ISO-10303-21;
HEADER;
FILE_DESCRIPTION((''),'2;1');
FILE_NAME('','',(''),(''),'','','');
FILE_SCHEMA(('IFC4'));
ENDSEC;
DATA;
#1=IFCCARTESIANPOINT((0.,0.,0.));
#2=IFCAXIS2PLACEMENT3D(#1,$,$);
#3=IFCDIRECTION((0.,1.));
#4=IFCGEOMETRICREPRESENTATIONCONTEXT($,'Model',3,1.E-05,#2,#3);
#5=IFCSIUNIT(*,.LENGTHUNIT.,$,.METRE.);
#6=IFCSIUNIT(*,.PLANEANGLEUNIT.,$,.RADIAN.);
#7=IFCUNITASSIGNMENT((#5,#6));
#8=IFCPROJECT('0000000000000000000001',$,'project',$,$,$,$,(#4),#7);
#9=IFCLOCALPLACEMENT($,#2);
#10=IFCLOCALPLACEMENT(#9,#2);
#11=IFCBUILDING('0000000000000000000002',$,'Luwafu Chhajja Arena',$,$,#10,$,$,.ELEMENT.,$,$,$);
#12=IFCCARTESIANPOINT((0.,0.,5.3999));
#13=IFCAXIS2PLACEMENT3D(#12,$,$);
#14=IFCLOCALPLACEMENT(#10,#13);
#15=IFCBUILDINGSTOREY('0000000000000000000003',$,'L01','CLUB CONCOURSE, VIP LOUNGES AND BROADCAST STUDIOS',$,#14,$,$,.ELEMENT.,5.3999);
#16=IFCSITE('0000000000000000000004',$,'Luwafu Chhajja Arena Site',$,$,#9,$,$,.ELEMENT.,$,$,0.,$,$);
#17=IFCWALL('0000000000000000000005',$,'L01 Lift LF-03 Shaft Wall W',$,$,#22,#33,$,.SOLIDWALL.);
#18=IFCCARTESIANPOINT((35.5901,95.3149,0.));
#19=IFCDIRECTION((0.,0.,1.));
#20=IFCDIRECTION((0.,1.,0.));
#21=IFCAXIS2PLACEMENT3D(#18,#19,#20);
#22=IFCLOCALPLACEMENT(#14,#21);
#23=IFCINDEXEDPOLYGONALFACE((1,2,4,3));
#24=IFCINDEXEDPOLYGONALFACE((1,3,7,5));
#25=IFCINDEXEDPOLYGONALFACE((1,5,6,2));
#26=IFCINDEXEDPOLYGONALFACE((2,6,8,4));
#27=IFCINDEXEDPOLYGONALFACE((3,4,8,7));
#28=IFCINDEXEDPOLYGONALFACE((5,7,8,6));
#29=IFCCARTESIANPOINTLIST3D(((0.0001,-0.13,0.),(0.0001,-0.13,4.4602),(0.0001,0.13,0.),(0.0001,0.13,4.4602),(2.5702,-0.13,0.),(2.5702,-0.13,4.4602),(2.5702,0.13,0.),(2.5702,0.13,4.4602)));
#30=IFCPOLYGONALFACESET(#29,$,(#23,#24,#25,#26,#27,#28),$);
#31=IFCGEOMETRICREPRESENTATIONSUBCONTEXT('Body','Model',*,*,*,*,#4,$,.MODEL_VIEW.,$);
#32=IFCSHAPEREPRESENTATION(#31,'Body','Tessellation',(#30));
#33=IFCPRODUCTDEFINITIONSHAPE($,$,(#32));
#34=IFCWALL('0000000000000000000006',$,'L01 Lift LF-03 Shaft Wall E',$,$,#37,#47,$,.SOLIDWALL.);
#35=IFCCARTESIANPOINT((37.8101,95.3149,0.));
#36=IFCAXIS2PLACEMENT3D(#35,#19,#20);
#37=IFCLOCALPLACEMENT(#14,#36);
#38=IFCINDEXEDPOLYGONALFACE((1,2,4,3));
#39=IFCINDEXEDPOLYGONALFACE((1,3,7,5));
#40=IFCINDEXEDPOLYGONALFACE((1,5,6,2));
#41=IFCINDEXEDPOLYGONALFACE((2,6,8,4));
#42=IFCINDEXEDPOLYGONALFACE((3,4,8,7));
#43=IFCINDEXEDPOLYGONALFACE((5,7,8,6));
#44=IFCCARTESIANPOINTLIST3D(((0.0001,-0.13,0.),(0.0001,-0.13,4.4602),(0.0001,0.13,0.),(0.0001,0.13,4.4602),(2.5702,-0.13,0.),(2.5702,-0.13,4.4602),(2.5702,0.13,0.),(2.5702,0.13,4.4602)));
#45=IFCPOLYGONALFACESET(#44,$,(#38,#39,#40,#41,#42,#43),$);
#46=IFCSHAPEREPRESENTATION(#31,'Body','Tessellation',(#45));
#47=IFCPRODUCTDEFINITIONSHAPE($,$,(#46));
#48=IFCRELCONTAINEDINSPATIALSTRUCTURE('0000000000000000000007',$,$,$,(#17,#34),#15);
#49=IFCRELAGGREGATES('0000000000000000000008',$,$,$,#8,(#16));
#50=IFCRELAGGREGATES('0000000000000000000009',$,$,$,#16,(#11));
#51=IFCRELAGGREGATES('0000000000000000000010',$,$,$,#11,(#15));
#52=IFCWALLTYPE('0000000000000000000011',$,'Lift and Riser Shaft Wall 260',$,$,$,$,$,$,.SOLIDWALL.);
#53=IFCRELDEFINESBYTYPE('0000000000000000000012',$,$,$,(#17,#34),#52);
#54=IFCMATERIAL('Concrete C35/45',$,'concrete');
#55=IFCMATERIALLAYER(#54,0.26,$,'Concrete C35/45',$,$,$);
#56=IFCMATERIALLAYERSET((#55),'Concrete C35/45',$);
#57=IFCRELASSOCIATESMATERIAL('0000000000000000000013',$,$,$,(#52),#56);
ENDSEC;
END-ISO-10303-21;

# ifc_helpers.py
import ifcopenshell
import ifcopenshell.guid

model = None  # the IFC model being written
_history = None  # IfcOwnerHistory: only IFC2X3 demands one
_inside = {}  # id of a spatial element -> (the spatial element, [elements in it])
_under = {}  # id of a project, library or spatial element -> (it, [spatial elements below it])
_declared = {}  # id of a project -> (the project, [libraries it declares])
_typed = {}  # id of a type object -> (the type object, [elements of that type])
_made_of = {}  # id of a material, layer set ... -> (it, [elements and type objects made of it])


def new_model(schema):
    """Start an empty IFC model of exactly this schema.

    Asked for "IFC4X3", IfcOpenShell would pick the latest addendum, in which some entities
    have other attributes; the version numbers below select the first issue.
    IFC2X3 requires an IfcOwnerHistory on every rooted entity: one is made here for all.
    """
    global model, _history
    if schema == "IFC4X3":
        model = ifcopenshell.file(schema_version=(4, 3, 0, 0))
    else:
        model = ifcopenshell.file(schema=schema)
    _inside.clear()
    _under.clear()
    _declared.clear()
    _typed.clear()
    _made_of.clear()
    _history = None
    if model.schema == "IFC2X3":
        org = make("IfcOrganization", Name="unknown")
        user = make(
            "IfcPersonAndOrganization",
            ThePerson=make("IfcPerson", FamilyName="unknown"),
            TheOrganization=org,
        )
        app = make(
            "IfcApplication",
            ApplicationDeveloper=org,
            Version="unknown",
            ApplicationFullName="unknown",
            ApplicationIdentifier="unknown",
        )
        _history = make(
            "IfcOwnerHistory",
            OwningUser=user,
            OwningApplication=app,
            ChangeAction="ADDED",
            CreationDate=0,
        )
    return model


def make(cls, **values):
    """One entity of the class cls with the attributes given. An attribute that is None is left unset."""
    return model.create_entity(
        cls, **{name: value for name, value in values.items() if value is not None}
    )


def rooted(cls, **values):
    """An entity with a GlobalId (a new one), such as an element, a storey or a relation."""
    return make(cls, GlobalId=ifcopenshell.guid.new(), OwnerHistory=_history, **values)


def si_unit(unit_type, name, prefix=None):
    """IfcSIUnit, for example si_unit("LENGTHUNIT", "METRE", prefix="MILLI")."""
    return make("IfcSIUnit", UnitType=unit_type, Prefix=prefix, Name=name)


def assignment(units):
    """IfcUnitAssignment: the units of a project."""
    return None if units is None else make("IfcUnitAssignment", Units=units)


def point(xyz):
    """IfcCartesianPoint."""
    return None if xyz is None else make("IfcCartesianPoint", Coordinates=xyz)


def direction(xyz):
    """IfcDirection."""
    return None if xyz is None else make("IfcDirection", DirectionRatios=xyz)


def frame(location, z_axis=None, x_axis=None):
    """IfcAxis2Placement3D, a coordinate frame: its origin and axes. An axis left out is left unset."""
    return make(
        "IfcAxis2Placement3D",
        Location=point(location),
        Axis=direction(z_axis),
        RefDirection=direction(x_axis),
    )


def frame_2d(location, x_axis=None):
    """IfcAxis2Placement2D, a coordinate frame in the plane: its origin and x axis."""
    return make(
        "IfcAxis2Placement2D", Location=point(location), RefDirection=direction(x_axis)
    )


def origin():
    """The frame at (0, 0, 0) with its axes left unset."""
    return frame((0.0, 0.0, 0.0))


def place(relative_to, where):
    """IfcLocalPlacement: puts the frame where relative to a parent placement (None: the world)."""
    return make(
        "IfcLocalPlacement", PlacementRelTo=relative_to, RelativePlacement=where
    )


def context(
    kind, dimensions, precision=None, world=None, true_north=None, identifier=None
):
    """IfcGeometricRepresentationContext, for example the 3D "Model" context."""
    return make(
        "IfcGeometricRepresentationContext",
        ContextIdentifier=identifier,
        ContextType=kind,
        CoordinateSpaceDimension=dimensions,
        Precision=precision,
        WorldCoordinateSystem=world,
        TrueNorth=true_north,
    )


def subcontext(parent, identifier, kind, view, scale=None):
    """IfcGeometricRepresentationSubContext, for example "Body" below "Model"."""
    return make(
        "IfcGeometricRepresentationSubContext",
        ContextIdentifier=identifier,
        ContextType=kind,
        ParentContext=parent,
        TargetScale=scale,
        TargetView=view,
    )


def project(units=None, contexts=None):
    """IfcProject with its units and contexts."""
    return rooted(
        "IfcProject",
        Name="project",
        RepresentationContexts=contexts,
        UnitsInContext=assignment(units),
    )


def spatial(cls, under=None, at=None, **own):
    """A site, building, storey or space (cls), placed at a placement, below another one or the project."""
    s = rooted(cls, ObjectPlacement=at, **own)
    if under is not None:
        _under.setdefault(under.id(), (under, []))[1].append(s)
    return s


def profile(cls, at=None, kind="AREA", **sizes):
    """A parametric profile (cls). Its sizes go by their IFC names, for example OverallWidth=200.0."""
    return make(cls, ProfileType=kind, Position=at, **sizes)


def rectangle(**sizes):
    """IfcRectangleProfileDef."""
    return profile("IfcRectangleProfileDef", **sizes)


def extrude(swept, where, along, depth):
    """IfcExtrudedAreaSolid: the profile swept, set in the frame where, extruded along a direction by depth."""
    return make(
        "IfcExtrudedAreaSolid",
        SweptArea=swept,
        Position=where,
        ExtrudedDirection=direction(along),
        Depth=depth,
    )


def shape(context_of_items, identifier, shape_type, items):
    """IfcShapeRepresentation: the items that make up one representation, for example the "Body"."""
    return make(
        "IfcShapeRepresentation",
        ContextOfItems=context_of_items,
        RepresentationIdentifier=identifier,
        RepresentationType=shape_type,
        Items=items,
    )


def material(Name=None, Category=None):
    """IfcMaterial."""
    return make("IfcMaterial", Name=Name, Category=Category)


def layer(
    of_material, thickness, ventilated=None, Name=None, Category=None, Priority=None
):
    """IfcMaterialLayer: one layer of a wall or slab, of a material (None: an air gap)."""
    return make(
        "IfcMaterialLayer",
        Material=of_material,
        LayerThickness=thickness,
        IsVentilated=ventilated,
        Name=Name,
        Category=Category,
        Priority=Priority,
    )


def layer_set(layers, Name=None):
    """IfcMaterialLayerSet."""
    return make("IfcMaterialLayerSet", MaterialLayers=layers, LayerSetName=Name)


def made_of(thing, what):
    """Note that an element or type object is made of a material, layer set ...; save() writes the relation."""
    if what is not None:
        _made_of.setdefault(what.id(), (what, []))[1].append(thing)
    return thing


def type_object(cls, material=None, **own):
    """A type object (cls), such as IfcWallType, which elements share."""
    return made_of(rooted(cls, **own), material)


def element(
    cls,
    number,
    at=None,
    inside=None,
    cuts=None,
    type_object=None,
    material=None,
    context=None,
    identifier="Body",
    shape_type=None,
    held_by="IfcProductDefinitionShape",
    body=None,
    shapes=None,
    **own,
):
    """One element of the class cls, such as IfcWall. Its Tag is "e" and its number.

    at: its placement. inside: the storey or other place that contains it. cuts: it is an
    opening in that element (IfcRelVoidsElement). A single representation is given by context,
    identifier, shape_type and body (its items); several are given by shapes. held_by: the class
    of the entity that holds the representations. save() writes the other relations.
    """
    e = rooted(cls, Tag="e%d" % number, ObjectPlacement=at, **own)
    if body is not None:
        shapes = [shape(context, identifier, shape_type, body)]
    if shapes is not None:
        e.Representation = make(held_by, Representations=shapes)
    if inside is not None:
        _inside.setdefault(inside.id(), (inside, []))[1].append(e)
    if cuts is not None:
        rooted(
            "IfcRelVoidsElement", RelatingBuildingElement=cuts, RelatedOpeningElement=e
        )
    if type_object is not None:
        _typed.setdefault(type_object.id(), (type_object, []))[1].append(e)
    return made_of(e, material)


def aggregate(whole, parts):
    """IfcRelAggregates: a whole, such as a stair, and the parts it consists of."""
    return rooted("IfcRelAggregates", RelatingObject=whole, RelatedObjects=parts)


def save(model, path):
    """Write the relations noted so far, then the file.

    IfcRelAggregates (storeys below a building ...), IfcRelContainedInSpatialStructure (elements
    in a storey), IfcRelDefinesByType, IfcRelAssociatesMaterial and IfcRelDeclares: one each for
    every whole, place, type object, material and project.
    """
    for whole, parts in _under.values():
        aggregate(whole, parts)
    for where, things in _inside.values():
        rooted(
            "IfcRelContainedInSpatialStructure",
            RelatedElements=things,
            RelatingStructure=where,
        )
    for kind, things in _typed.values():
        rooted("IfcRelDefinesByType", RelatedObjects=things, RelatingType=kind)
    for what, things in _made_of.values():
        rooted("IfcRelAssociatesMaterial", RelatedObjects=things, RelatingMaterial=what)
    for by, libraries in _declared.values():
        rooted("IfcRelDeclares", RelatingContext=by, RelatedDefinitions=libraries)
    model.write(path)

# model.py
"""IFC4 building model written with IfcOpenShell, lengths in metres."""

from ifc_helpers import new_model, si_unit, direction, frame, frame_2d, origin, place, context, subcontext, project, spatial, rectangle, extrude, material, layer, layer_set, type_object, element, save


model = new_model("IFC4")

# Units and contexts
model_context = context("Model", 3, precision=1e-05, world=origin(), true_north=direction((0.0, 1.0)))
body_context = subcontext(model_context, "Body", "Model", "MODEL_VIEW")
ifc_project = project(units=[si_unit("LENGTHUNIT", "METRE"), si_unit("PLANEANGLEUNIT", "RADIAN")], contexts=[model_context])

# Site, building, storey
site_placement = place(None, origin())
site = spatial("IfcSite", under=ifc_project, at=site_placement, Name="Luwafu Chhajja Arena Site", CompositionType="ELEMENT", RefElevation=0.0)
building_placement = place(site_placement, origin())
building = spatial("IfcBuilding", under=site, at=building_placement, Name="Luwafu Chhajja Arena", CompositionType="ELEMENT")
storey_placement = place(building_placement, frame((0.0, 0.0, 5.3999)))
storey = spatial("IfcBuildingStorey", under=building, at=storey_placement, Name="L01", Description="CLUB CONCOURSE, VIP LOUNGES AND BROADCAST STUDIOS", CompositionType="ELEMENT", Elevation=5.3999)

# Shared definitions
ifc_material_1 = material(Name="Concrete C35/45", Category="concrete")

# Shared definitions
ifc_layer_1 = layer(ifc_material_1, 0.26, Name="Concrete C35/45")
ifc_layer_set_1 = layer_set([ifc_layer_1], Name="Concrete C35/45")
wall_type_1 = type_object("IfcWallType", Name="Lift and Riser Shaft Wall 260", PredefinedType="SOLIDWALL", material=ifc_layer_set_1)

# Walls
for number, where, z_axis, x_axis, name in (
    (1, (35.5901, 95.3149, 0.0), (0.0, 0.0, 1.0), (0.0, 1.0, 0.0), "L01 Lift LF-03 Shaft Wall W"),
    (2, (37.8101, 95.3149, 0.0), (0.0, 0.0, 1.0), (0.0, 1.0, 0.0), "L01 Lift LF-03 Shaft Wall E"),
):
    element("IfcWall", number, at=place(storey_placement, frame(where, z_axis=z_axis, x_axis=x_axis)), inside=storey, type_object=wall_type_1, Name=name, PredefinedType="SOLIDWALL", context=body_context, shape_type="SweptSolid", body=[
        extrude(rectangle(XDim=2.5701, YDim=0.26, at=frame_2d((1.2852, 0.0))), origin(), (0.0, 0.0, 1.0), 4.4602),
    ])

save(model, "model.ifc")
